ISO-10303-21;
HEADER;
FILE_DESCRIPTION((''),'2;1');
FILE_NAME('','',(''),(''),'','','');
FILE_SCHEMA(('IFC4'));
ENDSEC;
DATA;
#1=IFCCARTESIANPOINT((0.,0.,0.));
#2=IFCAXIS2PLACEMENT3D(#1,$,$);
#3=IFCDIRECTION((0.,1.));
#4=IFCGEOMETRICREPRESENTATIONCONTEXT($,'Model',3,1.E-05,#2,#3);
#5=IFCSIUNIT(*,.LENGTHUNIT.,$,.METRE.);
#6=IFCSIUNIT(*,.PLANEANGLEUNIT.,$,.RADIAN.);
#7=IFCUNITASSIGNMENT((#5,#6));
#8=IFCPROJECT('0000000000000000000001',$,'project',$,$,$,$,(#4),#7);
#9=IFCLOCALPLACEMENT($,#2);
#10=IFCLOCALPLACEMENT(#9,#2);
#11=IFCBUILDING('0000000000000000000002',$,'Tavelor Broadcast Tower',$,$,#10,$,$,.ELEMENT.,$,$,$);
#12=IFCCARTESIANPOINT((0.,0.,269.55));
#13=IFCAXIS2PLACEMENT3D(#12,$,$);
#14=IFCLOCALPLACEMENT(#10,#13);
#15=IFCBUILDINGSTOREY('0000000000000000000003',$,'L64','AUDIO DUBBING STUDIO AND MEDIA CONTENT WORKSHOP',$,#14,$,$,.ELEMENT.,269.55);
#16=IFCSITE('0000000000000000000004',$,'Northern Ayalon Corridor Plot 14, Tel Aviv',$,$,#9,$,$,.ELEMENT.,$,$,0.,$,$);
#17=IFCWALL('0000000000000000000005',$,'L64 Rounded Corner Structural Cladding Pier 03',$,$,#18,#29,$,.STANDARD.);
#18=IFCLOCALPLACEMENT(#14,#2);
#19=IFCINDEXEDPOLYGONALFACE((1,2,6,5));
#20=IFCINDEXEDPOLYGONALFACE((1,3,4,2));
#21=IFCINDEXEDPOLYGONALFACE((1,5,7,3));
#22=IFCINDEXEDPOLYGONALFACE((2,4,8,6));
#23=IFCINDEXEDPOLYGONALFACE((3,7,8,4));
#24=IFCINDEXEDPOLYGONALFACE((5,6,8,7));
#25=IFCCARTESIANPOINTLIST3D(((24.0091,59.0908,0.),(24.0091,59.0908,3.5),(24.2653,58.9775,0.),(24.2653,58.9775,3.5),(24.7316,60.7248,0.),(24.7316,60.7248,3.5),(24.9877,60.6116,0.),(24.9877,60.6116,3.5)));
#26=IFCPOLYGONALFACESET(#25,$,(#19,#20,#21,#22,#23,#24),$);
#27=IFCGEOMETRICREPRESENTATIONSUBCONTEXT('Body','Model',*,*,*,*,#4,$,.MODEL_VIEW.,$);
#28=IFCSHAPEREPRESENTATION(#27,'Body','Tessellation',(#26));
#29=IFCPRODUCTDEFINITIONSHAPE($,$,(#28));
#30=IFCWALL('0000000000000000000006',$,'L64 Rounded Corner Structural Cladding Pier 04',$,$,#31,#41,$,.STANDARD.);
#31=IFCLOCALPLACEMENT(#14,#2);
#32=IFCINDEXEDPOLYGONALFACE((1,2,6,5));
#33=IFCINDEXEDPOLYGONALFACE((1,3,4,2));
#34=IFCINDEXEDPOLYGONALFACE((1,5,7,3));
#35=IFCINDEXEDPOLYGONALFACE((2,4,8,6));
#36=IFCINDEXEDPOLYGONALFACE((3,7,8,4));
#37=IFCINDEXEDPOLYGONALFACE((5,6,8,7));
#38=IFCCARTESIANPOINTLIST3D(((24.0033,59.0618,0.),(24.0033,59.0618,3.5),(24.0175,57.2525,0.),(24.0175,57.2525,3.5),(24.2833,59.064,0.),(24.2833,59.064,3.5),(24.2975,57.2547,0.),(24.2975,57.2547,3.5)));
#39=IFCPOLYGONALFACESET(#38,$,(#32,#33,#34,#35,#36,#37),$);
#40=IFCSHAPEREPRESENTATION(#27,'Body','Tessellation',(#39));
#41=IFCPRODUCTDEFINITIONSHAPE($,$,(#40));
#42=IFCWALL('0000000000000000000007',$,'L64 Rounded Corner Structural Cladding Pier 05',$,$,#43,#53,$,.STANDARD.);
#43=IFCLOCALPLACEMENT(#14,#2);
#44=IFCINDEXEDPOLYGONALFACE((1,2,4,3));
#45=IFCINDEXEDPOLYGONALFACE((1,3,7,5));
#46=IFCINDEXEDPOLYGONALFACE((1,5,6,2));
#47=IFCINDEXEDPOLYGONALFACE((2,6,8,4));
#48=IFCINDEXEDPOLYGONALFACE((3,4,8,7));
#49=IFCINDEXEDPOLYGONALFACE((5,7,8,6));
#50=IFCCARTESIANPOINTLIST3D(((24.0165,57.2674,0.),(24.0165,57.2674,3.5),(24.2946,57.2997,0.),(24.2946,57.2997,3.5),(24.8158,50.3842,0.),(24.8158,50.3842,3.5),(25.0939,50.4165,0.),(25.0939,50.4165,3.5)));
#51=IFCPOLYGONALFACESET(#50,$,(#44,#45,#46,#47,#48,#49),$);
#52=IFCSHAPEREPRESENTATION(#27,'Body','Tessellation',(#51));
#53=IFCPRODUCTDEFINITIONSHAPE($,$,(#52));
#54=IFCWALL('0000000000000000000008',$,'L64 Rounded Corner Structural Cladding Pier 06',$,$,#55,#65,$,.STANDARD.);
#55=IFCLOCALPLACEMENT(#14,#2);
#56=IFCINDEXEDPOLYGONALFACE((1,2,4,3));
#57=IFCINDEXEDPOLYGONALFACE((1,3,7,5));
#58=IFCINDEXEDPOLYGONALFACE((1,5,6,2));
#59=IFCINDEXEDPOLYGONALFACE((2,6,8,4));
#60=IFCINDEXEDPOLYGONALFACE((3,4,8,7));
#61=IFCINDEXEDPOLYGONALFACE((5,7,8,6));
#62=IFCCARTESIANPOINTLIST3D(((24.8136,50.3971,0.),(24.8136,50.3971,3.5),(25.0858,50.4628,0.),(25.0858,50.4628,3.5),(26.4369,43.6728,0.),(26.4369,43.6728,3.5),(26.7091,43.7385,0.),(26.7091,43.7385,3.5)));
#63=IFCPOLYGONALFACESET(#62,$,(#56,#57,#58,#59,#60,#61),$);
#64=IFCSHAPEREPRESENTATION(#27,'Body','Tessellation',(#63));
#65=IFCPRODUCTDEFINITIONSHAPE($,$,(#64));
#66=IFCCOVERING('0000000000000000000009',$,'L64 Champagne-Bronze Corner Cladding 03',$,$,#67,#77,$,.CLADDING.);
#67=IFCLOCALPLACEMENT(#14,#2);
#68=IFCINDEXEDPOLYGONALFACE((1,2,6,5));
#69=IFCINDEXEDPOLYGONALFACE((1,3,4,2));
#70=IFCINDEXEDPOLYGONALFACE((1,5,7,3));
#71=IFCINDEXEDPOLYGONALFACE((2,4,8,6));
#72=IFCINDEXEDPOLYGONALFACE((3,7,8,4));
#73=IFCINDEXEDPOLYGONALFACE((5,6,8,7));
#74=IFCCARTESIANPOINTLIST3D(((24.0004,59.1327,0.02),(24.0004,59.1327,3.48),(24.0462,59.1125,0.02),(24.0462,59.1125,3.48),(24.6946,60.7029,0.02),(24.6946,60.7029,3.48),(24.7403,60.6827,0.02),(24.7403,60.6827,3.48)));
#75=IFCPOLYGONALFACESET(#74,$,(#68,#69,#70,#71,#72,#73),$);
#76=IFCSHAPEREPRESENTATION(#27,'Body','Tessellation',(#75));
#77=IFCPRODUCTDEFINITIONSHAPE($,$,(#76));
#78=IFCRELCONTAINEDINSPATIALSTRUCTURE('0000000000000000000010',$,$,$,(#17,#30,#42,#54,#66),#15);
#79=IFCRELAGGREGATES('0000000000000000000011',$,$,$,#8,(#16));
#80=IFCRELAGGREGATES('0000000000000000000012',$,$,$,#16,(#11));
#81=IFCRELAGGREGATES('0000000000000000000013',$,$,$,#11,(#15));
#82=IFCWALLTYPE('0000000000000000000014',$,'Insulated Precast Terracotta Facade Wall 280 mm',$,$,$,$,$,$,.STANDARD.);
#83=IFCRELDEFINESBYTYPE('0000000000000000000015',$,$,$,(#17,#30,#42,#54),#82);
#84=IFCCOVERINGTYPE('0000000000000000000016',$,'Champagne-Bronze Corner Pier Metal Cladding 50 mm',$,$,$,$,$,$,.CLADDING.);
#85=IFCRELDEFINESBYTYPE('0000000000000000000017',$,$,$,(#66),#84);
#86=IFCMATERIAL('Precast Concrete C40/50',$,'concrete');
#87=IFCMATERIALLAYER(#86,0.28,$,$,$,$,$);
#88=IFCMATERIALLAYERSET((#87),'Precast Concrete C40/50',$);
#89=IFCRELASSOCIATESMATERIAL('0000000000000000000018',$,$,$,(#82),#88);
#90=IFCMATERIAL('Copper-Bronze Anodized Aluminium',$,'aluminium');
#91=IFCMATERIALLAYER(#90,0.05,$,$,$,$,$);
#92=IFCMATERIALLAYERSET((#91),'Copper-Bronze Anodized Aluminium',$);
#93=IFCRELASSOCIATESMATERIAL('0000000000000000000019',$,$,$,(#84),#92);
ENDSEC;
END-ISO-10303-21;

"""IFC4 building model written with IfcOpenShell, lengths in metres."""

from ifc_helpers import new_model, si_unit, direction, frame, frame_2d, origin, origin_2d, place, context, subcontext, project, spatial, rectangle, extrude, material, layer, layer_set, type_object, element, save


model = new_model("IFC4")

# Units and contexts
model_context = context("Model", 3, precision=1e-05, world=origin(), true_north=direction((0.0, 1.0)))
body_context = subcontext(model_context, "Body", "Model", "MODEL_VIEW")
ifc_project = project(units=[si_unit("LENGTHUNIT", "METRE"), si_unit("PLANEANGLEUNIT", "RADIAN")], contexts=[model_context])

# Site, building, storey
site_placement = place(None, origin())
site = spatial("IfcSite", under=ifc_project, at=site_placement, Name="Northern Ayalon Corridor Plot 14, Tel Aviv", CompositionType="ELEMENT", RefElevation=0.0)
building_placement = place(site_placement, origin())
building = spatial("IfcBuilding", under=site, at=building_placement, Name="Tavelor Broadcast Tower", CompositionType="ELEMENT")
storey_placement = place(building_placement, frame((0.0, 0.0, 269.55)))
storey = spatial("IfcBuildingStorey", under=building, at=storey_placement, Name="L64", Description="AUDIO DUBBING STUDIO AND MEDIA CONTENT WORKSHOP", CompositionType="ELEMENT", Elevation=269.55)

# Walls
ifc_material_1 = material(Name="Precast Concrete C40/50", Category="concrete")
ifc_layer_1 = layer(ifc_material_1, 0.28)
ifc_layer_set_1 = layer_set([ifc_layer_1], Name="Precast Concrete C40/50")
wall_type = type_object("IfcWallType", Name="Insulated Precast Terracotta Facade Wall 280 mm", PredefinedType="STANDARD", material=ifc_layer_set_1)
for number, where, z_axis, x_axis, name in (
    (1, (24.8596, 60.6682, 0.0), (0.0, 0.0, 1.0), (-0.40435, -0.914604, 0.0), "L64 Rounded Corner Structural Cladding Pier 03"),
):
    element("IfcWall", number, at=place(storey_placement, frame(where, z_axis=z_axis, x_axis=x_axis)), inside=storey, type_object=wall_type, Name=name, PredefinedType="STANDARD", context=body_context, shape_type="SweptSolid", body=[
        extrude(rectangle(XDim=1.7866, YDim=0.28, at=frame_2d((0.8933, 0.0))), origin(), (0.0, 0.0, 1.0), 3.5),
    ])
wall_1_placement = place(storey_placement, frame((24.1433, 59.063, 0.0), z_axis=(0.0, 0.0, 1.0), x_axis=(0.007826, -0.999969, 0.0)))
element("IfcWall", 2, at=wall_1_placement, inside=storey, type_object=wall_type, Name="L64 Rounded Corner Structural Cladding Pier 04", PredefinedType="STANDARD", context=body_context, shape_type="SweptSolid", body=[
    extrude(rectangle(XDim=1.8093, YDim=0.28, at=frame_2d((0.9048, 0.0))), origin(), (0.0, 0.0, 1.0), 3.5),
])
wall_2_placement = place(storey_placement, frame((24.1555, 57.2837, 0.0), z_axis=(0.0, 0.0, 1.0), x_axis=(0.115349, -0.993325, 0.0)))
element("IfcWall", 3, at=wall_2_placement, inside=storey, type_object=wall_type, Name="L64 Rounded Corner Structural Cladding Pier 05", PredefinedType="STANDARD", context=body_context, shape_type="SweptSolid", body=[
    extrude(rectangle(XDim=6.9294, YDim=0.28, at=frame_2d((3.4648, 0.0))), origin(), (0.0, 0.0, 1.0), 3.5),
])
wall_3_placement = place(storey_placement, frame((24.9497, 50.4299, 0.0), z_axis=(0.0, 0.0, 1.0), x_axis=(0.234664, -0.972077, 0.0)))
element("IfcWall", 4, at=wall_3_placement, inside=storey, type_object=wall_type, Name="L64 Rounded Corner Structural Cladding Pier 06", PredefinedType="STANDARD", context=body_context, shape_type="SweptSolid", body=[
    extrude(rectangle(XDim=6.9175, YDim=0.28, at=frame_2d((3.4587, 0.0))), origin(), (0.0, 0.0, 1.0), 3.5),
])

# Covering
ifc_material_2 = material(Name="Copper-Bronze Anodized Aluminium", Category="aluminium")
ifc_layer_2 = layer(ifc_material_2, 0.05)
ifc_layer_set_2 = layer_set([ifc_layer_2], Name="Copper-Bronze Anodized Aluminium")
covering_type = type_object("IfcCoveringType", Name="Champagne-Bronze Corner Pier Metal Cladding 50 mm", PredefinedType="CLADDING", material=ifc_layer_set_2)
covering_placement = place(storey_placement, frame((24.3704, 59.9077, 0.02), z_axis=(0.0, 0.0, 1.0), x_axis=(-0.404344, -0.914607, 0.0)))
element("IfcCovering", 5, at=covering_placement, inside=storey, type_object=covering_type, Name="L64 Champagne-Bronze Corner Cladding 03", PredefinedType="CLADDING", context=body_context, shape_type="SweptSolid", body=[
    extrude(rectangle(XDim=1.7168, YDim=0.05, at=origin_2d()), origin(), (0.0, 0.0, 1.0), 3.46),
])

save(model, "model.ifc")
